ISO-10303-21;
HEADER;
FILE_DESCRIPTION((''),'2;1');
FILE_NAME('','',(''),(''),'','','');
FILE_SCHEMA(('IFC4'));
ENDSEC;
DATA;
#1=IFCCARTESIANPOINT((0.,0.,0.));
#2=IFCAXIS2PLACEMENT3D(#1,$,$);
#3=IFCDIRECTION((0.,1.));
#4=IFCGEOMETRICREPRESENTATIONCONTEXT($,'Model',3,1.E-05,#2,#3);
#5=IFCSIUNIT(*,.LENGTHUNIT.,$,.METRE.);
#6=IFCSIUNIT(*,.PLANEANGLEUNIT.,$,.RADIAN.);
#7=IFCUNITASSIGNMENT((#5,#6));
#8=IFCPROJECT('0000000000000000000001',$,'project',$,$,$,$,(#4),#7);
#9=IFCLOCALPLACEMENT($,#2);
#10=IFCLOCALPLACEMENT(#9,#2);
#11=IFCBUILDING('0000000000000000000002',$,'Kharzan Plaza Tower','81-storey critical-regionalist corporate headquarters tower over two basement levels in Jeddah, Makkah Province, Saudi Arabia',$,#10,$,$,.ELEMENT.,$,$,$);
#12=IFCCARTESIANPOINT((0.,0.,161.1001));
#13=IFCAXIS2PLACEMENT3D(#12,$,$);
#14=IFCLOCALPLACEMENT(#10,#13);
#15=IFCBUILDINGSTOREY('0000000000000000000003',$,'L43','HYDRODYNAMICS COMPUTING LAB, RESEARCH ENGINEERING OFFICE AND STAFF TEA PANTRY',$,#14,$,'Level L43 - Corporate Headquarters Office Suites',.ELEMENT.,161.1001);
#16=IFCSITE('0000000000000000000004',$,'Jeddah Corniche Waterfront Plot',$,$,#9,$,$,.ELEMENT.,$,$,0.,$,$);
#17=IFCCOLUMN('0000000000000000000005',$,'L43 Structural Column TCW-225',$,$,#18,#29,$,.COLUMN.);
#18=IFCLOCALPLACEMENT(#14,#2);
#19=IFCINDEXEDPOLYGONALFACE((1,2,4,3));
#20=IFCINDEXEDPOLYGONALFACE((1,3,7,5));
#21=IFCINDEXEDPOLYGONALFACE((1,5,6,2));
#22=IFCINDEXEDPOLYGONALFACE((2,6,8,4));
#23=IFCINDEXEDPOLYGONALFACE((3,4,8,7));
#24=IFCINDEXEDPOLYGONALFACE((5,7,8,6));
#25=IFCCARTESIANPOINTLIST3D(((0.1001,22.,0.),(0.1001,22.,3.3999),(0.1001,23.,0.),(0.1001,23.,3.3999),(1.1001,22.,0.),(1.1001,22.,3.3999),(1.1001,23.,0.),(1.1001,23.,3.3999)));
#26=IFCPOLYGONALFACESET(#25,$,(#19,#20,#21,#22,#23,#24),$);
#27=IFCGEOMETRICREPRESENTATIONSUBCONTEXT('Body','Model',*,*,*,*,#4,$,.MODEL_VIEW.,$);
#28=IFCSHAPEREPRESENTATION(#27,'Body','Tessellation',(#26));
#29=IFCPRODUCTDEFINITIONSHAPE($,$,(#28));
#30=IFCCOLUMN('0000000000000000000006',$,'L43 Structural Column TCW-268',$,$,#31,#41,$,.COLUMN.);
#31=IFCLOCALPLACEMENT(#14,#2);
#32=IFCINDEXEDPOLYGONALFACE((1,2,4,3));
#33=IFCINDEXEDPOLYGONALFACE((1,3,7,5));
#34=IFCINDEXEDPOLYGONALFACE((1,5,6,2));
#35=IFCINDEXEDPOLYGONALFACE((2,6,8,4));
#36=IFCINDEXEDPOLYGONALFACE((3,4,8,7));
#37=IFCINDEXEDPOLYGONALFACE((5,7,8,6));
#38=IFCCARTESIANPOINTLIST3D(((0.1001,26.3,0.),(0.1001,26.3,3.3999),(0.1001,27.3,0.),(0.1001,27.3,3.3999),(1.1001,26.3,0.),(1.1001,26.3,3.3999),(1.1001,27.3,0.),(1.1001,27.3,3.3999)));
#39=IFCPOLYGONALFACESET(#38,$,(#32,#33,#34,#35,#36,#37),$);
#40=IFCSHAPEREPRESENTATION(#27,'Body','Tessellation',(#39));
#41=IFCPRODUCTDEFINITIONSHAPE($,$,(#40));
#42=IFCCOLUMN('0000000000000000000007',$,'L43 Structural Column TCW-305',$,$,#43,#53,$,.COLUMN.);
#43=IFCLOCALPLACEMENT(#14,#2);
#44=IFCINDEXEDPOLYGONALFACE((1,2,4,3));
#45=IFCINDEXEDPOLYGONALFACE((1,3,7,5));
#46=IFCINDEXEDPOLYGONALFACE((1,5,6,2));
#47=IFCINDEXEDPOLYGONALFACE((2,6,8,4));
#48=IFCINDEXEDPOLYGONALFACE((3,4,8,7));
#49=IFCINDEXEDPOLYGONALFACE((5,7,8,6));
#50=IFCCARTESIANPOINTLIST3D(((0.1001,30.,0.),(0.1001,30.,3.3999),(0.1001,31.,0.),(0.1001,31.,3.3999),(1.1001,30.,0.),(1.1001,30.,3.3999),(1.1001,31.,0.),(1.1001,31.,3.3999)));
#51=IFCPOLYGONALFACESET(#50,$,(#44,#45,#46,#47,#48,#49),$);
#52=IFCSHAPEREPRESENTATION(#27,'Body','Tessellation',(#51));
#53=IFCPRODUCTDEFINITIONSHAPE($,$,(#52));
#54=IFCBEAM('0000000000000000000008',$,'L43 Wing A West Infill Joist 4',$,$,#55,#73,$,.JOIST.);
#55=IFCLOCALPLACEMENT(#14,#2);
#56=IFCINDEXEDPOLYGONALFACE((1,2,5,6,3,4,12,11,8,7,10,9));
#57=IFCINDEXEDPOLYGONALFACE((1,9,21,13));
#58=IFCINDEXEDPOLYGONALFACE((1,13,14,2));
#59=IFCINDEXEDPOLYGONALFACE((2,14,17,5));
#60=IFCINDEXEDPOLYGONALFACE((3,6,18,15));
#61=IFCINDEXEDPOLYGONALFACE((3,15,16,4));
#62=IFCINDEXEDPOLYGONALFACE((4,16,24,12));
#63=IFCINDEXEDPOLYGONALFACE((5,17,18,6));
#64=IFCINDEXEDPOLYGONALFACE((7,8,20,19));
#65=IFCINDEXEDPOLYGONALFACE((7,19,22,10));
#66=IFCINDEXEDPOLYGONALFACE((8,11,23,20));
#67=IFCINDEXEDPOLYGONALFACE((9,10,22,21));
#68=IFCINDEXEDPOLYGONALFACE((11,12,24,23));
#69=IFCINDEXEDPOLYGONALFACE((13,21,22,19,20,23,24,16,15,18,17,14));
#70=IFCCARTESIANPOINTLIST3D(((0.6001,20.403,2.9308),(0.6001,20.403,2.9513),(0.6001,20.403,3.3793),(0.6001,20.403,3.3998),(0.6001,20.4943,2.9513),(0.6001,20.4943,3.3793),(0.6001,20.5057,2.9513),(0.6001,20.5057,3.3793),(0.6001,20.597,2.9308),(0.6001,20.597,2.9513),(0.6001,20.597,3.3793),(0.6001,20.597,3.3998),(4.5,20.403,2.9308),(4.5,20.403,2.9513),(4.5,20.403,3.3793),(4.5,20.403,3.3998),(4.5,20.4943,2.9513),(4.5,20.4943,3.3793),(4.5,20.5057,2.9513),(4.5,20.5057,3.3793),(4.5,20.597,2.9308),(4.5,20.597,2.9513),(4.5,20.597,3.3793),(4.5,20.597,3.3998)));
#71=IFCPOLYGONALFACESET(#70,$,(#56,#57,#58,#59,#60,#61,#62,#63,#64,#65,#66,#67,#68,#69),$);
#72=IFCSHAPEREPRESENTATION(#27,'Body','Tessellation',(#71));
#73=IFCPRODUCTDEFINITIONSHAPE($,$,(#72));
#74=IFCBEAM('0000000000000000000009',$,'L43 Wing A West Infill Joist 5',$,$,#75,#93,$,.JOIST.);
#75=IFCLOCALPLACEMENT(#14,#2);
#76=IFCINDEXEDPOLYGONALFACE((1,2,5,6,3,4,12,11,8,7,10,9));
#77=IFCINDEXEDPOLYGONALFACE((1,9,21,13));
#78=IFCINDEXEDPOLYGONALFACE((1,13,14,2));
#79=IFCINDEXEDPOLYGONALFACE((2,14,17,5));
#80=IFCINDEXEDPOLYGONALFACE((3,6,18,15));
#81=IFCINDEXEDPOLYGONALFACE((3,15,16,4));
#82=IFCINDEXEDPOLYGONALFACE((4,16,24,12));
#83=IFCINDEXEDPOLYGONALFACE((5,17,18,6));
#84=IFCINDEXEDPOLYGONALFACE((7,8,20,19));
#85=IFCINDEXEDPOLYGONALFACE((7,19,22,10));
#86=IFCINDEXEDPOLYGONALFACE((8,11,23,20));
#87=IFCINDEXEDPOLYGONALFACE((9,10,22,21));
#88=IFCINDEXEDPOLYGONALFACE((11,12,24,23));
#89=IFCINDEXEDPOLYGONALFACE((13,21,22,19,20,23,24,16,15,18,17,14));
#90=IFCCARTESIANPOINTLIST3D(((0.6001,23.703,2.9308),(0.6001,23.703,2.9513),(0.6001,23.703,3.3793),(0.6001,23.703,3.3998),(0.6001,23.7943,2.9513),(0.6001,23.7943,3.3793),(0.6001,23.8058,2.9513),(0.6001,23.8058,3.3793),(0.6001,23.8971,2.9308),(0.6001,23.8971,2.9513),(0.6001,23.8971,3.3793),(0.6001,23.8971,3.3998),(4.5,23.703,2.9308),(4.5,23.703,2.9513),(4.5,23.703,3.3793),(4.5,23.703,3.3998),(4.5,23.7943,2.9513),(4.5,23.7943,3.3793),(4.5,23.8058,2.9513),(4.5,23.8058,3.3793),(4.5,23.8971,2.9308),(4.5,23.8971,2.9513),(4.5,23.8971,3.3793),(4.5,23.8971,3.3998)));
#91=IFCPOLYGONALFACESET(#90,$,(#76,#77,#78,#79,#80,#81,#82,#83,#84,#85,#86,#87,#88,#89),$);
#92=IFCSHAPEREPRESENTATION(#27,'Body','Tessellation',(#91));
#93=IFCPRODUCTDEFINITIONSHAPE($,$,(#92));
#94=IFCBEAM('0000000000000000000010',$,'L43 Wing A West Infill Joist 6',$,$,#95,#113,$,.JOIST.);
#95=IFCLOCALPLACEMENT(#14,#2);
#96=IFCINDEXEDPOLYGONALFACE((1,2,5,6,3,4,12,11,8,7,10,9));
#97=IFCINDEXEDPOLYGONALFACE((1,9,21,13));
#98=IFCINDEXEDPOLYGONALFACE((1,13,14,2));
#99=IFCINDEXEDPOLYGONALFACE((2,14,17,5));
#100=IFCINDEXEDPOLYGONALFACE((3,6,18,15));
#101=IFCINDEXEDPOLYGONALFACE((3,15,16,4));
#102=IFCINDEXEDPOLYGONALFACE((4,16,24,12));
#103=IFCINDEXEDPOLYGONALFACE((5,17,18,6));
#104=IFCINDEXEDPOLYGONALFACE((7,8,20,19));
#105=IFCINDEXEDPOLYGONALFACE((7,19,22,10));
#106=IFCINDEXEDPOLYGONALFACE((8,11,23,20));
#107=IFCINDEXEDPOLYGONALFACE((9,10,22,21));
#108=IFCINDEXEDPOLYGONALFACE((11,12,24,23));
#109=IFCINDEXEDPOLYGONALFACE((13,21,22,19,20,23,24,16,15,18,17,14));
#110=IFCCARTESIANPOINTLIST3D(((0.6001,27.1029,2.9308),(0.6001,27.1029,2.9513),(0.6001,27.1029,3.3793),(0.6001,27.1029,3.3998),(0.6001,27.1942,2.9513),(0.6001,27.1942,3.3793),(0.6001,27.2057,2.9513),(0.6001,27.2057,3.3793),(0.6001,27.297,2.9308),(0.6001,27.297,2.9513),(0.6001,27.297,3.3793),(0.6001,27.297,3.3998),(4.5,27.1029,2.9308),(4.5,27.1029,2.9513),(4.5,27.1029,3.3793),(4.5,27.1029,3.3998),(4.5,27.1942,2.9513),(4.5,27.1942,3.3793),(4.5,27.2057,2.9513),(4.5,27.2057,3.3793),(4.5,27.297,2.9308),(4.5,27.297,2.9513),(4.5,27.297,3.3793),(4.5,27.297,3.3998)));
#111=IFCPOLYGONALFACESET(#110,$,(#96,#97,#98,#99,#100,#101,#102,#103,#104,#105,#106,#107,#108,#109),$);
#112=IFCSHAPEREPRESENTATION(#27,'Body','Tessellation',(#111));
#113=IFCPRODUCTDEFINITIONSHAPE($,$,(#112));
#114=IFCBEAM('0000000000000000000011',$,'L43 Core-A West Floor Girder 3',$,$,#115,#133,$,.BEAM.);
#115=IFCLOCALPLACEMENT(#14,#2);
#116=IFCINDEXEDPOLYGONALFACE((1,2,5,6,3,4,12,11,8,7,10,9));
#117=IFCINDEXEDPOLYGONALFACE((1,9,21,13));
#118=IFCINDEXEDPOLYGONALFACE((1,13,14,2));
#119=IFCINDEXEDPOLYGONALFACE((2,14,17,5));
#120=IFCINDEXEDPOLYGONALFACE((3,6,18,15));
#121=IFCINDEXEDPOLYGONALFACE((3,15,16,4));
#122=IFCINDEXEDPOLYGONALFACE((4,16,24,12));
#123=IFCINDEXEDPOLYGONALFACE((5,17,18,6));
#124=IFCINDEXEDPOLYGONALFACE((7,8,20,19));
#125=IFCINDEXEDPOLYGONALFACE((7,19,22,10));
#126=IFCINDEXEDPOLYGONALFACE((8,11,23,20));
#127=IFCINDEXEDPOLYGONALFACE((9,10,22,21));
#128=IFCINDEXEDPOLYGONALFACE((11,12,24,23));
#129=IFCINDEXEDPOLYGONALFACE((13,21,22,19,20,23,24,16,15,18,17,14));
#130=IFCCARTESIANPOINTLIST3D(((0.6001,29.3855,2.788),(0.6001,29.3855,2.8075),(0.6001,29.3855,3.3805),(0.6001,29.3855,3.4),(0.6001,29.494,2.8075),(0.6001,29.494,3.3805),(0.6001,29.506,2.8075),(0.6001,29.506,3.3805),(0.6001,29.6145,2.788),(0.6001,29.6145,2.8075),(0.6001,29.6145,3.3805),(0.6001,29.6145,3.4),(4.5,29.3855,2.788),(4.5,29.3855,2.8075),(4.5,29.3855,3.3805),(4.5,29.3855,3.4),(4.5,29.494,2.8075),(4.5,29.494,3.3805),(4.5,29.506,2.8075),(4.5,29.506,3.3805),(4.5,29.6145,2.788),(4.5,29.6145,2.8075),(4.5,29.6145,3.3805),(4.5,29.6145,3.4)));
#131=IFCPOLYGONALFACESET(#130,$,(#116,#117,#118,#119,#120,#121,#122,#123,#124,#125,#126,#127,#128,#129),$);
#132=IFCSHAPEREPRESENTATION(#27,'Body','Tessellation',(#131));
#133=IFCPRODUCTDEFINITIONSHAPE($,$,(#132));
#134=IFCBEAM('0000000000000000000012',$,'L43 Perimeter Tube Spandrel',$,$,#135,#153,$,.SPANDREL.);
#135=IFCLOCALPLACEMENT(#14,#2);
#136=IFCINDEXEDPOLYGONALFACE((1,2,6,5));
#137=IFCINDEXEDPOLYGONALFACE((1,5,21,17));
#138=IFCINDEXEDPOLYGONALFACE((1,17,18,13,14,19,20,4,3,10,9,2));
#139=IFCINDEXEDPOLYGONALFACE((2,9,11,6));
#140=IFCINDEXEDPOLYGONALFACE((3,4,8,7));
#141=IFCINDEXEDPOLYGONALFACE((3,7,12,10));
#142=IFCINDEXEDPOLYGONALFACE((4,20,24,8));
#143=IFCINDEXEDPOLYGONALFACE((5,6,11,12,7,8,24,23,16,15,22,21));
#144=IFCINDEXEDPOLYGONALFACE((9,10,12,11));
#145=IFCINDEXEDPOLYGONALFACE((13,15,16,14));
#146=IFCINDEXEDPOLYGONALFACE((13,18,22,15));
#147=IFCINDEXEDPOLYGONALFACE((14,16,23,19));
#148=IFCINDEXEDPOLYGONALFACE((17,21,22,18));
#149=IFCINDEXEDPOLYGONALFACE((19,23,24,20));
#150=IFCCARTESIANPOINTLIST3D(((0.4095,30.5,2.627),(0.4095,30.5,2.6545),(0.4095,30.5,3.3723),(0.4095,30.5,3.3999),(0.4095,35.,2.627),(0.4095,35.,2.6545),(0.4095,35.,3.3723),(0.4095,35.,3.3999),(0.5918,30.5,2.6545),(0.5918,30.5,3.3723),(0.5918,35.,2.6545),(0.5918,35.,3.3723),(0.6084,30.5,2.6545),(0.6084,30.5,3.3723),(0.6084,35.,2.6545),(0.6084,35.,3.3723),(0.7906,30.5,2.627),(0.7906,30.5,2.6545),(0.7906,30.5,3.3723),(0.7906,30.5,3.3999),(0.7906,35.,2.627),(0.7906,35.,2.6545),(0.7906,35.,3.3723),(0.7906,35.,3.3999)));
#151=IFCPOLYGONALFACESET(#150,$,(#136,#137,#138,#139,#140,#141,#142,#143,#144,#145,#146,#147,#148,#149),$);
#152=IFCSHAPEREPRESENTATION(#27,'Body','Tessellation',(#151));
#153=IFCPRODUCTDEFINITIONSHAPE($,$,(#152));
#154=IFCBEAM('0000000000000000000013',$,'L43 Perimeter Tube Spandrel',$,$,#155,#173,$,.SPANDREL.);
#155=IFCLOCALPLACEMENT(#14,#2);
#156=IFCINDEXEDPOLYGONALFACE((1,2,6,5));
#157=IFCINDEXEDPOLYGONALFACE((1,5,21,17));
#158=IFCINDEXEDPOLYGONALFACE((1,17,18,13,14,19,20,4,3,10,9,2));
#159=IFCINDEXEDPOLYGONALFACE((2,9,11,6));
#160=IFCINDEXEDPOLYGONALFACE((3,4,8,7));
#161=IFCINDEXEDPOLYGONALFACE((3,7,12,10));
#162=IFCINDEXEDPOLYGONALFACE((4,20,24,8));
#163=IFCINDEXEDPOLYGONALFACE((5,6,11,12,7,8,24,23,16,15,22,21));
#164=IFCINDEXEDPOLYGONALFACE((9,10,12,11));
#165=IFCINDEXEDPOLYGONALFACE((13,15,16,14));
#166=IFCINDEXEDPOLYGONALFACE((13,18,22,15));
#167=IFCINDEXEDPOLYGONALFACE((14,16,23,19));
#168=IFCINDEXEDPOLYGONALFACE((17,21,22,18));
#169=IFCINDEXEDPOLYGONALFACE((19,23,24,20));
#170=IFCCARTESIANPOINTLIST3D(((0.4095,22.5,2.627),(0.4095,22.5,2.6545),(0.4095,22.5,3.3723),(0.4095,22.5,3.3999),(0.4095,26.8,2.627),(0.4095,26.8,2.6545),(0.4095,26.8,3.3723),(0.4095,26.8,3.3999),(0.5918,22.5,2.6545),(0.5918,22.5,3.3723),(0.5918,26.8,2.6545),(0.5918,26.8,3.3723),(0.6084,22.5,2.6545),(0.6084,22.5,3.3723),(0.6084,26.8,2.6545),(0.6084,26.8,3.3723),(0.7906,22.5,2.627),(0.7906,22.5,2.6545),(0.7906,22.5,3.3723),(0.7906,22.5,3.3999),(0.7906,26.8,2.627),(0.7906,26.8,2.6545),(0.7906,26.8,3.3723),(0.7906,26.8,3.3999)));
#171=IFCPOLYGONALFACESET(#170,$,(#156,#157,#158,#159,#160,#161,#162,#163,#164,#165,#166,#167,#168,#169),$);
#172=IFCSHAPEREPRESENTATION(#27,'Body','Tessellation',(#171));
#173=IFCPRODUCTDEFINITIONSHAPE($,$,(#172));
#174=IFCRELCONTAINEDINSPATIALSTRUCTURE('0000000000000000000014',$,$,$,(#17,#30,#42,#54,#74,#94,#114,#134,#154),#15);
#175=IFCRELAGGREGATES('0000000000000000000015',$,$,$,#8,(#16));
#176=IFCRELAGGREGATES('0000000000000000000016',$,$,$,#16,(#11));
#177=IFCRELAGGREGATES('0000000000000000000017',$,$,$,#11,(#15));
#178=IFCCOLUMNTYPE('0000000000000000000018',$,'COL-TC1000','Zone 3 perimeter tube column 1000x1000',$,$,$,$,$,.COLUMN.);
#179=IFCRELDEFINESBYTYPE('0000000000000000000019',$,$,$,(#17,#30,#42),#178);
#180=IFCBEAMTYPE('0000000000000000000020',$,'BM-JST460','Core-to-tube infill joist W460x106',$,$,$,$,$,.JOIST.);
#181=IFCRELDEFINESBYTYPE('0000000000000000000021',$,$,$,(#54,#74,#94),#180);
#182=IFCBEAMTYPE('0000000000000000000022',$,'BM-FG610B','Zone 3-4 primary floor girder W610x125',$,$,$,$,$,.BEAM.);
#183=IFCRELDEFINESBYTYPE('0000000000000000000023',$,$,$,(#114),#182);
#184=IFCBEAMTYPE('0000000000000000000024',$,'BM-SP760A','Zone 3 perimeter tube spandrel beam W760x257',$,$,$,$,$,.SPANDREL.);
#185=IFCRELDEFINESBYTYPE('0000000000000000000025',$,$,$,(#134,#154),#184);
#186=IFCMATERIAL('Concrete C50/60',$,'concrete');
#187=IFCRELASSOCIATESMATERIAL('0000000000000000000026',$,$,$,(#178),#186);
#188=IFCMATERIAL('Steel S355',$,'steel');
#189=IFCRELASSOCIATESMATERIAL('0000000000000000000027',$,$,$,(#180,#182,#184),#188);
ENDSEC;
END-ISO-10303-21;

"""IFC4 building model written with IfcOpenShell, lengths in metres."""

from ifc_helpers import new_model, si_unit, direction, frame, origin, origin_2d, place, context, subcontext, project, spatial, rectangle, i_section, extrude, source, transform, mapped, material, material_profile, profile_set, type_object, element, save


model = new_model("IFC4")

# Units and contexts
model_context = context("Model", 3, precision=1e-05, world=origin(), true_north=direction((0.0, 1.0)))
body_context = subcontext(model_context, "Body", "Model", "MODEL_VIEW")
ifc_project = project(units=[si_unit("LENGTHUNIT", "METRE"), si_unit("PLANEANGLEUNIT", "RADIAN")], contexts=[model_context])

# Site, building, storey
site_placement = place(None, origin())
site = spatial("IfcSite", under=ifc_project, at=site_placement, Name="Jeddah Corniche Waterfront Plot", CompositionType="ELEMENT", RefElevation=0.0)
building_placement = place(site_placement, origin())
building = spatial("IfcBuilding", under=site, at=building_placement, Name="Kharzan Plaza Tower", Description="81-storey critical-regionalist corporate headquarters tower over two basement levels in Jeddah, Makkah Province, Saudi Arabia", CompositionType="ELEMENT")
storey_placement = place(building_placement, frame((0.0, 0.0, 161.1001)))
storey = spatial("IfcBuildingStorey", under=building, at=storey_placement, Name="L43", Description="HYDRODYNAMICS COMPUTING LAB, RESEARCH ENGINEERING OFFICE AND STAFF TEA PANTRY", LongName="Level L43 - Corporate Headquarters Office Suites", CompositionType="ELEMENT", Elevation=161.1001)

# Columns
ifc_material_1 = material(Name="Concrete C50/60", Category="concrete")
ifc_material_profile_1 = material_profile(ifc_material_1, rectangle(XDim=1.0, YDim=1.0, at=origin_2d()), Name="RC-TC1000x1000")
ifc_profile_set_1 = profile_set([ifc_material_profile_1], Name="Concrete C50/60")
column_type = type_object("IfcColumnType", Name="COL-TC1000", Description="Zone 3 perimeter tube column 1000x1000", PredefinedType="COLUMN", material=ifc_profile_set_1)
shared_shape_1 = source(origin(), body_context, "Body", "SweptSolid", [
    extrude(rectangle(XDim=1.0, YDim=1.0, at=origin_2d()), origin(), (0.0, 0.0, 1.0), 3.3999),
])
for number, where, z_axis, x_axis, name in (
    (1, (0.6001, 22.5, 0.0), (0.0, 0.0, 1.0), (1.0, 0.0, 0.0), "L43 Structural Column TCW-225"),
    (2, (0.6001, 26.8, 0.0), (0.0, 0.0, 1.0), (1.0, 0.0, 0.0), "L43 Structural Column TCW-268"),
    (3, (0.6001, 30.5, 0.0), (0.0, 0.0, 1.0), (1.0, 0.0, 0.0), "L43 Structural Column TCW-305"),
):
    element("IfcColumn", number, at=place(storey_placement, frame(where, z_axis=z_axis, x_axis=x_axis)), inside=storey, type_object=column_type, Name=name, PredefinedType="COLUMN", context=body_context, shape_type="MappedRepresentation", body=[
        mapped(shared_shape_1, transform((0.0, 0.0, 0.0), x_axis=(1.0, 0.0, 0.0), y_axis=(0.0, 1.0, 0.0), z_axis=(0.0, 0.0, 1.0))),
    ])

# Beams
ifc_material_2 = material(Name="Steel S355", Category="steel")
ifc_material_profile_2 = material_profile(ifc_material_2, i_section(OverallWidth=0.1941, OverallDepth=0.469, WebThickness=0.0115, FlangeThickness=0.0205, at=origin_2d()), Name="W460x106")
ifc_profile_set_2 = profile_set([ifc_material_profile_2], Name="Steel S355")
beam_type_1 = type_object("IfcBeamType", Name="BM-JST460", Description="Core-to-tube infill joist W460x106", PredefinedType="JOIST", material=ifc_profile_set_2)
shared_shape_2 = source(origin(), body_context, "Body", "SweptSolid", [
    extrude(i_section(OverallWidth=0.1941, OverallDepth=0.469, WebThickness=0.0115, FlangeThickness=0.0205, at=origin_2d()), origin(), (0.0, 0.0, 1.0), 3.8999),
])
for number, where, z_axis, x_axis, name in (
    (4, (0.6001, 20.5, 3.1653), (1.0, 0.0, 0.0), (0.0, 1.0, 0.0), "L43 Wing A West Infill Joist 4"),
    (5, (0.6001, 23.8, 3.1653), (1.0, 0.0, 0.0), (0.0, 1.0, 0.0), "L43 Wing A West Infill Joist 5"),
    (6, (0.6001, 27.2, 3.1653), (1.0, 0.0, 0.0), (0.0, 1.0, 0.0), "L43 Wing A West Infill Joist 6"),
):
    element("IfcBeam", number, at=place(storey_placement, frame(where, z_axis=z_axis, x_axis=x_axis)), inside=storey, type_object=beam_type_1, Name=name, PredefinedType="JOIST", context=body_context, shape_type="MappedRepresentation", body=[
        mapped(shared_shape_2, transform((0.0, 0.0, 0.0), x_axis=(1.0, 0.0, 0.0), y_axis=(0.0, 1.0, 0.0), z_axis=(0.0, 0.0, 1.0))),
    ])
ifc_material_profile_3 = material_profile(ifc_material_2, i_section(OverallWidth=0.229, OverallDepth=0.6121, WebThickness=0.012, FlangeThickness=0.0195, at=origin_2d()), Name="W610x125")
ifc_profile_set_3 = profile_set([ifc_material_profile_3], Name="Steel S355")
beam_type_2 = type_object("IfcBeamType", Name="BM-FG610B", Description="Zone 3-4 primary floor girder W610x125", PredefinedType="BEAM", material=ifc_profile_set_3)
shared_shape_3 = source(origin(), body_context, "Body", "SweptSolid", [
    extrude(i_section(OverallWidth=0.229, OverallDepth=0.6121, WebThickness=0.012, FlangeThickness=0.0195, at=origin_2d()), origin(), (0.0, 0.0, 1.0), 3.8999),
])
beam_1_placement = place(storey_placement, frame((0.6001, 29.5, 3.094), z_axis=(1.0, 0.0, 0.0), x_axis=(0.0, 1.0, 0.0)))
element("IfcBeam", 7, at=beam_1_placement, inside=storey, type_object=beam_type_2, Name="L43 Core-A West Floor Girder 3", PredefinedType="BEAM", context=body_context, shape_type="MappedRepresentation", body=[
    mapped(shared_shape_3, transform((0.0, 0.0, 0.0), x_axis=(1.0, 0.0, 0.0), y_axis=(0.0, 1.0, 0.0), z_axis=(0.0, 0.0, 1.0))),
])
ifc_material_profile_4 = material_profile(ifc_material_2, i_section(OverallWidth=0.3811, OverallDepth=0.7729, WebThickness=0.0166, FlangeThickness=0.0276, at=origin_2d()), Name="W760x257")
ifc_profile_set_4 = profile_set([ifc_material_profile_4], Name="Steel S355")
beam_type_3 = type_object("IfcBeamType", Name="BM-SP760A", Description="Zone 3 perimeter tube spandrel beam W760x257", PredefinedType="SPANDREL", material=ifc_profile_set_4)
shared_shape_4 = source(origin(), body_context, "Body", "SweptSolid", [
    extrude(i_section(OverallWidth=0.3811, OverallDepth=0.7729, WebThickness=0.0166, FlangeThickness=0.0276, at=origin_2d()), origin(), (0.0, 0.0, 1.0), 4.5),
])
beam_2_placement = place(storey_placement, frame((0.6001, 30.5, 3.0134), z_axis=(0.0, 1.0, 0.0), x_axis=(-1.0, 0.0, 0.0)))
element("IfcBeam", 8, at=beam_2_placement, inside=storey, type_object=beam_type_3, Name="L43 Perimeter Tube Spandrel", PredefinedType="SPANDREL", context=body_context, shape_type="MappedRepresentation", body=[
    mapped(shared_shape_4, transform((0.0, 0.0, 0.0), x_axis=(1.0, 0.0, 0.0), y_axis=(0.0, 1.0, 0.0), z_axis=(0.0, 0.0, 1.0))),
])
shared_shape_5 = source(origin(), body_context, "Body", "SweptSolid", [
    extrude(i_section(OverallWidth=0.3811, OverallDepth=0.7729, WebThickness=0.0166, FlangeThickness=0.0276, at=origin_2d()), origin(), (0.0, 0.0, 1.0), 4.3),
])
beam_3_placement = place(storey_placement, frame((0.6001, 22.5, 3.0134), z_axis=(0.0, 1.0, 0.0), x_axis=(-1.0, 0.0, 0.0)))
element("IfcBeam", 9, at=beam_3_placement, inside=storey, type_object=beam_type_3, Name="L43 Perimeter Tube Spandrel", PredefinedType="SPANDREL", context=body_context, shape_type="MappedRepresentation", body=[
    mapped(shared_shape_5, transform((0.0, 0.0, 0.0), x_axis=(1.0, 0.0, 0.0), y_axis=(0.0, 1.0, 0.0), z_axis=(0.0, 0.0, 1.0))),
])

save(model, "model.ifc")
